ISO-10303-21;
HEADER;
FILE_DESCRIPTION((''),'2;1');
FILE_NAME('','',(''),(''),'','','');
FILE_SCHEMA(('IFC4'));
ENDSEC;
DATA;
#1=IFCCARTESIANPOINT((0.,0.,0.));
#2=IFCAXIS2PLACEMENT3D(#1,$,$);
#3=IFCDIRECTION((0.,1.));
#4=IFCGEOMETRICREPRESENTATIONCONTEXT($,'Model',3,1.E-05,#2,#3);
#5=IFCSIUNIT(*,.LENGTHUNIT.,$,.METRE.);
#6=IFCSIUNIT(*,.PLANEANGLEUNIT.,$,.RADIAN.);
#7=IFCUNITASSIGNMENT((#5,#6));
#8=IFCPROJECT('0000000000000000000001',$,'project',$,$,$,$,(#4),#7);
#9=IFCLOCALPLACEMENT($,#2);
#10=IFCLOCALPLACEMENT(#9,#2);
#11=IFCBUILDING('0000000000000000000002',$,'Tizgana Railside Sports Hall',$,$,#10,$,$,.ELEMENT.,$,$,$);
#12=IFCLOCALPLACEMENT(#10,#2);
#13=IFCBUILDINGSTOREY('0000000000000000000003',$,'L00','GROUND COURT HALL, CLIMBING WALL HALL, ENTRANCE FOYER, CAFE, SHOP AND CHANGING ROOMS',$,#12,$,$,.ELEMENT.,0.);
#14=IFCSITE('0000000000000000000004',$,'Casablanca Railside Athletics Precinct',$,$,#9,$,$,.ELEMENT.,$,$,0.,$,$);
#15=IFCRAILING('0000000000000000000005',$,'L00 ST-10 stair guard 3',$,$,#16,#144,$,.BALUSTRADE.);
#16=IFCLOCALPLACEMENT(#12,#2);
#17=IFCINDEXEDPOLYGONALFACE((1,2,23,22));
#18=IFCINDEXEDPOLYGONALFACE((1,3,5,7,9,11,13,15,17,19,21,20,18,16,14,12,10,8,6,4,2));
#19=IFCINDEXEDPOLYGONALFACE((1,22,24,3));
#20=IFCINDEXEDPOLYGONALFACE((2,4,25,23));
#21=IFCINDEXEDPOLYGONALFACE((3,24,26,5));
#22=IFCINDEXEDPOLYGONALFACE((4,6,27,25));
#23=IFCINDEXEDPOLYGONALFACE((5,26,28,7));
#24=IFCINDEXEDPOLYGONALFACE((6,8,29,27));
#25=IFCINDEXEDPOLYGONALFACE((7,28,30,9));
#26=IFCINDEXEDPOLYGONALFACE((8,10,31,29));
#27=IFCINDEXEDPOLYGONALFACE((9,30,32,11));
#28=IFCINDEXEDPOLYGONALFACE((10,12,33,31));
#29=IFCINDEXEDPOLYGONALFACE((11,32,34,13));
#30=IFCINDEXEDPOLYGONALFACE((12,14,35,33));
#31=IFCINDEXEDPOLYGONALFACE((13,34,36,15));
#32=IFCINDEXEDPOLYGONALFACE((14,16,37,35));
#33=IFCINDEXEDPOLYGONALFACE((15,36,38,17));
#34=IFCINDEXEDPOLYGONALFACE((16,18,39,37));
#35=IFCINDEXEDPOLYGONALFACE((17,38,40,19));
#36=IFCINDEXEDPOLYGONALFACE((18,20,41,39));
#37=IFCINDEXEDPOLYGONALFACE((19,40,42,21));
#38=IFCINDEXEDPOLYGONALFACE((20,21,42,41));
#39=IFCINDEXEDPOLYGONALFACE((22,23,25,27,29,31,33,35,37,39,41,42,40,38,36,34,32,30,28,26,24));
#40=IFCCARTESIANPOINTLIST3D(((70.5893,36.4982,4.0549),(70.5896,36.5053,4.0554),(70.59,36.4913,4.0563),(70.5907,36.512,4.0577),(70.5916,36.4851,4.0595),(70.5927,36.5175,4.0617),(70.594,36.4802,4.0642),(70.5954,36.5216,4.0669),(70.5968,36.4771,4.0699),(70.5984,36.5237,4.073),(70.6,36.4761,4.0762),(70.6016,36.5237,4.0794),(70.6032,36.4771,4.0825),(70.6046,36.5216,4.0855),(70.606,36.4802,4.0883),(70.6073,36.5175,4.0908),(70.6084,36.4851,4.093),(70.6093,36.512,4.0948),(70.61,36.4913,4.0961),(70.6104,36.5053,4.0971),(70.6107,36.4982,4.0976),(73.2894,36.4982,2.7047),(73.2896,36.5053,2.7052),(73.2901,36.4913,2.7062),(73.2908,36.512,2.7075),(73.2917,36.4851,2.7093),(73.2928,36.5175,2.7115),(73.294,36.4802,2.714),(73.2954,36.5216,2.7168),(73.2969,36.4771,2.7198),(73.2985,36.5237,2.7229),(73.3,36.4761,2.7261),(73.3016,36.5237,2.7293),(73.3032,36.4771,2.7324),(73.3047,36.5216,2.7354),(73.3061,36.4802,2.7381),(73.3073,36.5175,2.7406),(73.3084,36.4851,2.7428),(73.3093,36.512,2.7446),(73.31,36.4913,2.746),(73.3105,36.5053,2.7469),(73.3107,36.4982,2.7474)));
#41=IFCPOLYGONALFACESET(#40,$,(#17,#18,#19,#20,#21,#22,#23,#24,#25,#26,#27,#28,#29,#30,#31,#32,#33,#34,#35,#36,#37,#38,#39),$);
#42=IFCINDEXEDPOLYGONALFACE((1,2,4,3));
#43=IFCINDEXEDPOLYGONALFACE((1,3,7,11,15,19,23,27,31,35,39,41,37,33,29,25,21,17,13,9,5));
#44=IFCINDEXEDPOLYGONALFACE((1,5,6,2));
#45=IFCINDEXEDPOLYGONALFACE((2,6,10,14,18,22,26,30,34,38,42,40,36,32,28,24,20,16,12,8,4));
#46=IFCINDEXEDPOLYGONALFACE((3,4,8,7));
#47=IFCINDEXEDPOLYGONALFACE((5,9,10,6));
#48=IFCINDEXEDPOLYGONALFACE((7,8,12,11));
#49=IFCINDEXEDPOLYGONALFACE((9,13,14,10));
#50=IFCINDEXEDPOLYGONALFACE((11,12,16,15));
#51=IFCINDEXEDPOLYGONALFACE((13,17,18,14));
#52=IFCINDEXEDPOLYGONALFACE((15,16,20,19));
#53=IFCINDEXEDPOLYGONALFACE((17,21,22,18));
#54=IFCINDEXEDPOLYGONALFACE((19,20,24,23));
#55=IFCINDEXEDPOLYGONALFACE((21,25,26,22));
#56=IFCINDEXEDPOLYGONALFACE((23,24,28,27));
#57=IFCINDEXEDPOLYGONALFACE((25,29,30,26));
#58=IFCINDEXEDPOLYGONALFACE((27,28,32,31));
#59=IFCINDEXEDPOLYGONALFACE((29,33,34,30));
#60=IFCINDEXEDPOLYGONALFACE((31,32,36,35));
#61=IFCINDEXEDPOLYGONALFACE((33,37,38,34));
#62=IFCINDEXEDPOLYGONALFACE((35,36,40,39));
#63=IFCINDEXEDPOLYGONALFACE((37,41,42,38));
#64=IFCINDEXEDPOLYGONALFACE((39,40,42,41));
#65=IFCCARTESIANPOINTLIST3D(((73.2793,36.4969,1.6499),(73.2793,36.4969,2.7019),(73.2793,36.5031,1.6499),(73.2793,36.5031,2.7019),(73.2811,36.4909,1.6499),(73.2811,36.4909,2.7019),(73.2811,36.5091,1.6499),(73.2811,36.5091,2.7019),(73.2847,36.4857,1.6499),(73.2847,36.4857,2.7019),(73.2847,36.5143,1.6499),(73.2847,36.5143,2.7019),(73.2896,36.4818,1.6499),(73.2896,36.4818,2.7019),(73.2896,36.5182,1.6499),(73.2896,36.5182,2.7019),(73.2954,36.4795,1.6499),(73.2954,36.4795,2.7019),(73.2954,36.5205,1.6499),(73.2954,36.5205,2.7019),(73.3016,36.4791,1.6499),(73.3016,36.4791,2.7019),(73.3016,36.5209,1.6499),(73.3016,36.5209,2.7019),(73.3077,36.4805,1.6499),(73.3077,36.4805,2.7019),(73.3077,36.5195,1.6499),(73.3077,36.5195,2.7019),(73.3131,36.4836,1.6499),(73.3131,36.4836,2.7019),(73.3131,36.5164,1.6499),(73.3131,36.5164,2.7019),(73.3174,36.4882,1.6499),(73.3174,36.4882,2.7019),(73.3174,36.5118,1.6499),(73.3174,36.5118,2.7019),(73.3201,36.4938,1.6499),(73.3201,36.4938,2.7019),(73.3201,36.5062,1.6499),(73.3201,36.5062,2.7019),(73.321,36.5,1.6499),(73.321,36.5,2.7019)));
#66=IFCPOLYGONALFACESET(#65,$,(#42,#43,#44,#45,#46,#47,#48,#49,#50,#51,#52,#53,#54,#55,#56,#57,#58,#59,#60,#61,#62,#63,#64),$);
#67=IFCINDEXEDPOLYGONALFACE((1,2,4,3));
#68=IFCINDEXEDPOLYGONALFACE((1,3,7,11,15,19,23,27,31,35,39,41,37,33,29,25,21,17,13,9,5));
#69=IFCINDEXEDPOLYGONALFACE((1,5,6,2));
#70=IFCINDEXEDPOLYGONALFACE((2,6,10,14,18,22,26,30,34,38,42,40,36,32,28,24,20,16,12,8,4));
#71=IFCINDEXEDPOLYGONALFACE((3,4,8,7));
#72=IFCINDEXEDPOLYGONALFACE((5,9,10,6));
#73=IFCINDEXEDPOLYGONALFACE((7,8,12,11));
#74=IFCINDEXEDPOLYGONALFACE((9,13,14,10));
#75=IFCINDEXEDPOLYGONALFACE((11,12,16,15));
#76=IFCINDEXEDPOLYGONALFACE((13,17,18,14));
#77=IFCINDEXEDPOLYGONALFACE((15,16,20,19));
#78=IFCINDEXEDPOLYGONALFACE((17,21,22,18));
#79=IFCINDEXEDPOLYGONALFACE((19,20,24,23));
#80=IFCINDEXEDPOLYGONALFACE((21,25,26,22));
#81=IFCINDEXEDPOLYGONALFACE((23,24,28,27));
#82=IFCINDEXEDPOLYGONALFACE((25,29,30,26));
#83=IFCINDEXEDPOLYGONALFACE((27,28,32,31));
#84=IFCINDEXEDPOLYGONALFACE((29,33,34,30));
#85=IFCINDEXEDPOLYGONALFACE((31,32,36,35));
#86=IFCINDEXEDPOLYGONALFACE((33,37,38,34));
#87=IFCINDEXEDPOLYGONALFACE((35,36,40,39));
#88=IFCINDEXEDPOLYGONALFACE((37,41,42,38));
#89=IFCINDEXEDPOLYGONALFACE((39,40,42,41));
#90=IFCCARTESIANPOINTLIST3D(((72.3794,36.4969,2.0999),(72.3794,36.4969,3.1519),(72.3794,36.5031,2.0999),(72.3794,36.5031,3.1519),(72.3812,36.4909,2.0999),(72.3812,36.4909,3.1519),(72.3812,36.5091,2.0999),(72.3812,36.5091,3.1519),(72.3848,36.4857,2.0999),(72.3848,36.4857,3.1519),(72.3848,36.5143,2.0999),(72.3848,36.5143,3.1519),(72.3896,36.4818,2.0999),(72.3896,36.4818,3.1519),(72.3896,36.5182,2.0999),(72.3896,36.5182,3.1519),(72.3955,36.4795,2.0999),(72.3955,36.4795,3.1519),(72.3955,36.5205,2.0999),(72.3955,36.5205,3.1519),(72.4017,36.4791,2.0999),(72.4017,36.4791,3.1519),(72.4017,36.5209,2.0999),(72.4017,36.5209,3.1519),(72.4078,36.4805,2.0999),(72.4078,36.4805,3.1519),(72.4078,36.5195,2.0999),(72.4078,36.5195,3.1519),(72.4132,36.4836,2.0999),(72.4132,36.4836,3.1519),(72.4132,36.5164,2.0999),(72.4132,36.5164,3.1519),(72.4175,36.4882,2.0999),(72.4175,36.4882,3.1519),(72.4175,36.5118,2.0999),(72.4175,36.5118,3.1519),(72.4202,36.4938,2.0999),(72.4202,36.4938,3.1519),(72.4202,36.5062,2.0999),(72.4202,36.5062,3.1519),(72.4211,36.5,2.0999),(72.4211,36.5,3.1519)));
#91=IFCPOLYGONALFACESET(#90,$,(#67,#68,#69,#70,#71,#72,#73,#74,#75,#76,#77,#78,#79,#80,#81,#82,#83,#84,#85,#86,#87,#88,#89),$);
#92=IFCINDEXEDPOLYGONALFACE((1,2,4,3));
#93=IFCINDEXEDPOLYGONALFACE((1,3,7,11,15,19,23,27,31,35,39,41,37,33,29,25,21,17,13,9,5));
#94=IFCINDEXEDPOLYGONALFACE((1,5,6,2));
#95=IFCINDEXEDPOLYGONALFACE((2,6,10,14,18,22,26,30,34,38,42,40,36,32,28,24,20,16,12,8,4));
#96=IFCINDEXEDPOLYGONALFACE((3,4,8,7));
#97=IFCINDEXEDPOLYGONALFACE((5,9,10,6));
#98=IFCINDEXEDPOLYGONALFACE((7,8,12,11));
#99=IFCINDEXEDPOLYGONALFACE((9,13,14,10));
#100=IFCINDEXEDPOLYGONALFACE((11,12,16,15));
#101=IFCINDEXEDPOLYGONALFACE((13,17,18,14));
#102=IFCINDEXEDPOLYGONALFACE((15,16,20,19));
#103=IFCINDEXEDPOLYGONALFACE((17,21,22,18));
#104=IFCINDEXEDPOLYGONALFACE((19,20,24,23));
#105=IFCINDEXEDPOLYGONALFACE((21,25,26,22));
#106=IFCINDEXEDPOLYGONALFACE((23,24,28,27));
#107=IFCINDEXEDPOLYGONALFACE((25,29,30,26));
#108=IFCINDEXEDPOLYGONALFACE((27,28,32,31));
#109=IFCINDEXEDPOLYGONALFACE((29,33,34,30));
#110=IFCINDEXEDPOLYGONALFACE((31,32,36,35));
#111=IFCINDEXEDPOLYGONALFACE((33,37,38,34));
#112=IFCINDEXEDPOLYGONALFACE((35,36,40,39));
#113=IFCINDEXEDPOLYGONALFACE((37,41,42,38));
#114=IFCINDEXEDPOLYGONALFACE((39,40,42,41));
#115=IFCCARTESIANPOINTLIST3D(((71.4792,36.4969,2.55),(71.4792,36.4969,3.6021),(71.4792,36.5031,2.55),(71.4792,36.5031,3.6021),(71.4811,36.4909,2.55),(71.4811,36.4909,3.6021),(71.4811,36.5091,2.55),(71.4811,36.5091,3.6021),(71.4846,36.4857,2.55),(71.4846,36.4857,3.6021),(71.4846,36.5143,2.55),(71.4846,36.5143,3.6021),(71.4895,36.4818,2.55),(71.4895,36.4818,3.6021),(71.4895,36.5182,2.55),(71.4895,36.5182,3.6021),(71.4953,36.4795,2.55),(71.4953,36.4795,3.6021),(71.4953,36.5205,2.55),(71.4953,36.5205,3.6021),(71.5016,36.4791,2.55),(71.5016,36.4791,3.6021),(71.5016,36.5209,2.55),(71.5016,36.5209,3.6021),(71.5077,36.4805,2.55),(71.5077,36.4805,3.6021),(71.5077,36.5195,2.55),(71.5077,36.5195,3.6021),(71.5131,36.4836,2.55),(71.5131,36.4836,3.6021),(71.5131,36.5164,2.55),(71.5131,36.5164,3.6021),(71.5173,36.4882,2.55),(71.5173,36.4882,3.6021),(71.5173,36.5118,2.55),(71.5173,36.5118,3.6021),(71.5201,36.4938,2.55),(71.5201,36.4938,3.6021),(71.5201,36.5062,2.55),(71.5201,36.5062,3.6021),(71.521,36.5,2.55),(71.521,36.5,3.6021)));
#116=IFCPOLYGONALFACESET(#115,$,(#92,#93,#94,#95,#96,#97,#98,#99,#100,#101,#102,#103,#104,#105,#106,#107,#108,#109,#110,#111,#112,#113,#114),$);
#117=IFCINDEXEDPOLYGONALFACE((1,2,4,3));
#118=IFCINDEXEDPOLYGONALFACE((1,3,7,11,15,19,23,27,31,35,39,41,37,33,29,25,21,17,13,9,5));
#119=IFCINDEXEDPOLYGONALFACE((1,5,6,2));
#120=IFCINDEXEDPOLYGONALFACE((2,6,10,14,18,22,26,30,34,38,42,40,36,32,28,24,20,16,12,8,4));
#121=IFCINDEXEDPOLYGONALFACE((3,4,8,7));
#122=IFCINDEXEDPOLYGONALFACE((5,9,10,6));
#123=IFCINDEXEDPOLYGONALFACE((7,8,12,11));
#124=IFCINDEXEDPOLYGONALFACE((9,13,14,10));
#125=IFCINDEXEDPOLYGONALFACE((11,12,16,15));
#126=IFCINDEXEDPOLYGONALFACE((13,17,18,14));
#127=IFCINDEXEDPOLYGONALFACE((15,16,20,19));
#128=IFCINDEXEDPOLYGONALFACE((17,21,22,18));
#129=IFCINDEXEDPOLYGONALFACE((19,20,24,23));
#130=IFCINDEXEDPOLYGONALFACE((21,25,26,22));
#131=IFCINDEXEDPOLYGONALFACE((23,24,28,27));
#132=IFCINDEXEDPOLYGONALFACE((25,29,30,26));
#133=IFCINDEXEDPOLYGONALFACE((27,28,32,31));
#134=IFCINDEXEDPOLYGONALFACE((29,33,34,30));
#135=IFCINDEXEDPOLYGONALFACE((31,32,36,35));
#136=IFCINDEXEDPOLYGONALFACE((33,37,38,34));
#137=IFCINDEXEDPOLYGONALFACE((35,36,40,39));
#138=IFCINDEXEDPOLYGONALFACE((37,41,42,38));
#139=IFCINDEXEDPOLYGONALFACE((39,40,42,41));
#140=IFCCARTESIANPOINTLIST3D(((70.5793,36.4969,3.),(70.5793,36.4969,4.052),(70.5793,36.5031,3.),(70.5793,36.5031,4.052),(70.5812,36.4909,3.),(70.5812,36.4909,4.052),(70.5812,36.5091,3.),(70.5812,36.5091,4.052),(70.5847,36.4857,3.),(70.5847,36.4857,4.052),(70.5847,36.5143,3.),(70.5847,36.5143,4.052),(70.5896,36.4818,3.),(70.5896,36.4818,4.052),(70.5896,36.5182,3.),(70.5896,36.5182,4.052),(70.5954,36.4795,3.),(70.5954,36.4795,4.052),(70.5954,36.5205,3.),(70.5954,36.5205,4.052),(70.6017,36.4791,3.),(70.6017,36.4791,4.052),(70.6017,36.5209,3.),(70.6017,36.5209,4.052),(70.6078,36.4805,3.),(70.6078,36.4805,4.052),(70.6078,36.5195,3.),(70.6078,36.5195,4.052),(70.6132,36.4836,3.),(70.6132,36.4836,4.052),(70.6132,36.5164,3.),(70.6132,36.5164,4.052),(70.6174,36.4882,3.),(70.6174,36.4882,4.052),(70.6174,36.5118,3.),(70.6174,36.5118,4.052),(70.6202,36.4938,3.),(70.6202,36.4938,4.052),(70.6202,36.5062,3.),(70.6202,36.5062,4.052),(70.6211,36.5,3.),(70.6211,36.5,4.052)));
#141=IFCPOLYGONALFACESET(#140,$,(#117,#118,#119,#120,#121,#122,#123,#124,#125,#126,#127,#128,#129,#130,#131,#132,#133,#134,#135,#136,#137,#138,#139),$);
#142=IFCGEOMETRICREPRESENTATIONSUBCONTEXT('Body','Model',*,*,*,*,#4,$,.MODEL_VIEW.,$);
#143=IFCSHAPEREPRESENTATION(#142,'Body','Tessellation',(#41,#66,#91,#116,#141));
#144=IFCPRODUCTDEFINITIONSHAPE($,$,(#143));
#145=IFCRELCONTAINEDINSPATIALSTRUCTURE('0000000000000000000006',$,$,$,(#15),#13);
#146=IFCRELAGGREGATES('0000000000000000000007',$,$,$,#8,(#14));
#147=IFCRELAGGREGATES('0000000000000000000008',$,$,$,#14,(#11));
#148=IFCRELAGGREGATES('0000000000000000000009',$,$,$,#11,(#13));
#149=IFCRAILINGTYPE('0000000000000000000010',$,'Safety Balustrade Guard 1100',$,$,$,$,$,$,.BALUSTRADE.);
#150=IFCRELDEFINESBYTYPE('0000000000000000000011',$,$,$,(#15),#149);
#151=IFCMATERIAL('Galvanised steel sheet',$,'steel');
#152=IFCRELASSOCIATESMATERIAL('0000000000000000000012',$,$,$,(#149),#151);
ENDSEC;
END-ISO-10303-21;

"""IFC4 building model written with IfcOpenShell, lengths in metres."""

from ifc_helpers import new_model, si_unit, direction, frame, origin, origin_2d, place, context, subcontext, project, spatial, circle, extrude, material, type_object, element, save


model = new_model("IFC4")

# Units and contexts
model_context = context("Model", 3, precision=1e-05, world=origin(), true_north=direction((0.0, 1.0)))
body_context = subcontext(model_context, "Body", "Model", "MODEL_VIEW")
ifc_project = project(units=[si_unit("LENGTHUNIT", "METRE"), si_unit("PLANEANGLEUNIT", "RADIAN")], contexts=[model_context])

# Site, building, storey
site_placement = place(None, origin())
site = spatial("IfcSite", under=ifc_project, at=site_placement, Name="Casablanca Railside Athletics Precinct", CompositionType="ELEMENT", RefElevation=0.0)
building_placement = place(site_placement, origin())
building = spatial("IfcBuilding", under=site, at=building_placement, Name="Tizgana Railside Sports Hall", CompositionType="ELEMENT")
storey_placement = place(building_placement, origin())
storey = spatial("IfcBuildingStorey", under=building, at=storey_placement, Name="L00", Description="GROUND COURT HALL, CLIMBING WALL HALL, ENTRANCE FOYER, CAFE, SHOP AND CHANGING ROOMS", CompositionType="ELEMENT", Elevation=0.0)

# Railing
ifc_material_1 = material(Name="Galvanised steel sheet", Category="steel")
railing_type_1 = type_object("IfcRailingType", Name="Safety Balustrade Guard 1100", PredefinedType="BALUSTRADE", material=ifc_material_1)
railing_1_placement = place(storey_placement, frame((73.3, 36.5, 1.6499)))
element("IfcRailing", 1, at=railing_1_placement, inside=storey, type_object=railing_type_1, Name="L00 ST-10 stair guard 3", PredefinedType="BALUSTRADE", context=body_context, shape_type="SweptSolid", body=[
    extrude(circle(Radius=0.0239, at=origin_2d()), frame((0.0, 0.0, 1.0762), z_axis=(-0.894411, 0.0, 0.447246), x_axis=(0.0, -1.0, 0.0)), (0.0, 0.0, 1.0), 3.0188),
    extrude(circle(Radius=0.021, at=origin_2d()), origin(), (0.0, 0.0, 1.0), 1.052),
    extrude(circle(Radius=0.021, at=origin_2d()), frame((-0.8999, 0.0, 0.45)), (0.0, 0.0, 1.0), 1.052),
    extrude(circle(Radius=0.021, at=origin_2d()), frame((-1.8, 0.0, 0.9001)), (0.0, 0.0, 1.0), 1.052),
    extrude(circle(Radius=0.021, at=origin_2d()), frame((-2.7, 0.0, 1.3501)), (0.0, 0.0, 1.0), 1.052),
])

save(model, "model.ifc")
